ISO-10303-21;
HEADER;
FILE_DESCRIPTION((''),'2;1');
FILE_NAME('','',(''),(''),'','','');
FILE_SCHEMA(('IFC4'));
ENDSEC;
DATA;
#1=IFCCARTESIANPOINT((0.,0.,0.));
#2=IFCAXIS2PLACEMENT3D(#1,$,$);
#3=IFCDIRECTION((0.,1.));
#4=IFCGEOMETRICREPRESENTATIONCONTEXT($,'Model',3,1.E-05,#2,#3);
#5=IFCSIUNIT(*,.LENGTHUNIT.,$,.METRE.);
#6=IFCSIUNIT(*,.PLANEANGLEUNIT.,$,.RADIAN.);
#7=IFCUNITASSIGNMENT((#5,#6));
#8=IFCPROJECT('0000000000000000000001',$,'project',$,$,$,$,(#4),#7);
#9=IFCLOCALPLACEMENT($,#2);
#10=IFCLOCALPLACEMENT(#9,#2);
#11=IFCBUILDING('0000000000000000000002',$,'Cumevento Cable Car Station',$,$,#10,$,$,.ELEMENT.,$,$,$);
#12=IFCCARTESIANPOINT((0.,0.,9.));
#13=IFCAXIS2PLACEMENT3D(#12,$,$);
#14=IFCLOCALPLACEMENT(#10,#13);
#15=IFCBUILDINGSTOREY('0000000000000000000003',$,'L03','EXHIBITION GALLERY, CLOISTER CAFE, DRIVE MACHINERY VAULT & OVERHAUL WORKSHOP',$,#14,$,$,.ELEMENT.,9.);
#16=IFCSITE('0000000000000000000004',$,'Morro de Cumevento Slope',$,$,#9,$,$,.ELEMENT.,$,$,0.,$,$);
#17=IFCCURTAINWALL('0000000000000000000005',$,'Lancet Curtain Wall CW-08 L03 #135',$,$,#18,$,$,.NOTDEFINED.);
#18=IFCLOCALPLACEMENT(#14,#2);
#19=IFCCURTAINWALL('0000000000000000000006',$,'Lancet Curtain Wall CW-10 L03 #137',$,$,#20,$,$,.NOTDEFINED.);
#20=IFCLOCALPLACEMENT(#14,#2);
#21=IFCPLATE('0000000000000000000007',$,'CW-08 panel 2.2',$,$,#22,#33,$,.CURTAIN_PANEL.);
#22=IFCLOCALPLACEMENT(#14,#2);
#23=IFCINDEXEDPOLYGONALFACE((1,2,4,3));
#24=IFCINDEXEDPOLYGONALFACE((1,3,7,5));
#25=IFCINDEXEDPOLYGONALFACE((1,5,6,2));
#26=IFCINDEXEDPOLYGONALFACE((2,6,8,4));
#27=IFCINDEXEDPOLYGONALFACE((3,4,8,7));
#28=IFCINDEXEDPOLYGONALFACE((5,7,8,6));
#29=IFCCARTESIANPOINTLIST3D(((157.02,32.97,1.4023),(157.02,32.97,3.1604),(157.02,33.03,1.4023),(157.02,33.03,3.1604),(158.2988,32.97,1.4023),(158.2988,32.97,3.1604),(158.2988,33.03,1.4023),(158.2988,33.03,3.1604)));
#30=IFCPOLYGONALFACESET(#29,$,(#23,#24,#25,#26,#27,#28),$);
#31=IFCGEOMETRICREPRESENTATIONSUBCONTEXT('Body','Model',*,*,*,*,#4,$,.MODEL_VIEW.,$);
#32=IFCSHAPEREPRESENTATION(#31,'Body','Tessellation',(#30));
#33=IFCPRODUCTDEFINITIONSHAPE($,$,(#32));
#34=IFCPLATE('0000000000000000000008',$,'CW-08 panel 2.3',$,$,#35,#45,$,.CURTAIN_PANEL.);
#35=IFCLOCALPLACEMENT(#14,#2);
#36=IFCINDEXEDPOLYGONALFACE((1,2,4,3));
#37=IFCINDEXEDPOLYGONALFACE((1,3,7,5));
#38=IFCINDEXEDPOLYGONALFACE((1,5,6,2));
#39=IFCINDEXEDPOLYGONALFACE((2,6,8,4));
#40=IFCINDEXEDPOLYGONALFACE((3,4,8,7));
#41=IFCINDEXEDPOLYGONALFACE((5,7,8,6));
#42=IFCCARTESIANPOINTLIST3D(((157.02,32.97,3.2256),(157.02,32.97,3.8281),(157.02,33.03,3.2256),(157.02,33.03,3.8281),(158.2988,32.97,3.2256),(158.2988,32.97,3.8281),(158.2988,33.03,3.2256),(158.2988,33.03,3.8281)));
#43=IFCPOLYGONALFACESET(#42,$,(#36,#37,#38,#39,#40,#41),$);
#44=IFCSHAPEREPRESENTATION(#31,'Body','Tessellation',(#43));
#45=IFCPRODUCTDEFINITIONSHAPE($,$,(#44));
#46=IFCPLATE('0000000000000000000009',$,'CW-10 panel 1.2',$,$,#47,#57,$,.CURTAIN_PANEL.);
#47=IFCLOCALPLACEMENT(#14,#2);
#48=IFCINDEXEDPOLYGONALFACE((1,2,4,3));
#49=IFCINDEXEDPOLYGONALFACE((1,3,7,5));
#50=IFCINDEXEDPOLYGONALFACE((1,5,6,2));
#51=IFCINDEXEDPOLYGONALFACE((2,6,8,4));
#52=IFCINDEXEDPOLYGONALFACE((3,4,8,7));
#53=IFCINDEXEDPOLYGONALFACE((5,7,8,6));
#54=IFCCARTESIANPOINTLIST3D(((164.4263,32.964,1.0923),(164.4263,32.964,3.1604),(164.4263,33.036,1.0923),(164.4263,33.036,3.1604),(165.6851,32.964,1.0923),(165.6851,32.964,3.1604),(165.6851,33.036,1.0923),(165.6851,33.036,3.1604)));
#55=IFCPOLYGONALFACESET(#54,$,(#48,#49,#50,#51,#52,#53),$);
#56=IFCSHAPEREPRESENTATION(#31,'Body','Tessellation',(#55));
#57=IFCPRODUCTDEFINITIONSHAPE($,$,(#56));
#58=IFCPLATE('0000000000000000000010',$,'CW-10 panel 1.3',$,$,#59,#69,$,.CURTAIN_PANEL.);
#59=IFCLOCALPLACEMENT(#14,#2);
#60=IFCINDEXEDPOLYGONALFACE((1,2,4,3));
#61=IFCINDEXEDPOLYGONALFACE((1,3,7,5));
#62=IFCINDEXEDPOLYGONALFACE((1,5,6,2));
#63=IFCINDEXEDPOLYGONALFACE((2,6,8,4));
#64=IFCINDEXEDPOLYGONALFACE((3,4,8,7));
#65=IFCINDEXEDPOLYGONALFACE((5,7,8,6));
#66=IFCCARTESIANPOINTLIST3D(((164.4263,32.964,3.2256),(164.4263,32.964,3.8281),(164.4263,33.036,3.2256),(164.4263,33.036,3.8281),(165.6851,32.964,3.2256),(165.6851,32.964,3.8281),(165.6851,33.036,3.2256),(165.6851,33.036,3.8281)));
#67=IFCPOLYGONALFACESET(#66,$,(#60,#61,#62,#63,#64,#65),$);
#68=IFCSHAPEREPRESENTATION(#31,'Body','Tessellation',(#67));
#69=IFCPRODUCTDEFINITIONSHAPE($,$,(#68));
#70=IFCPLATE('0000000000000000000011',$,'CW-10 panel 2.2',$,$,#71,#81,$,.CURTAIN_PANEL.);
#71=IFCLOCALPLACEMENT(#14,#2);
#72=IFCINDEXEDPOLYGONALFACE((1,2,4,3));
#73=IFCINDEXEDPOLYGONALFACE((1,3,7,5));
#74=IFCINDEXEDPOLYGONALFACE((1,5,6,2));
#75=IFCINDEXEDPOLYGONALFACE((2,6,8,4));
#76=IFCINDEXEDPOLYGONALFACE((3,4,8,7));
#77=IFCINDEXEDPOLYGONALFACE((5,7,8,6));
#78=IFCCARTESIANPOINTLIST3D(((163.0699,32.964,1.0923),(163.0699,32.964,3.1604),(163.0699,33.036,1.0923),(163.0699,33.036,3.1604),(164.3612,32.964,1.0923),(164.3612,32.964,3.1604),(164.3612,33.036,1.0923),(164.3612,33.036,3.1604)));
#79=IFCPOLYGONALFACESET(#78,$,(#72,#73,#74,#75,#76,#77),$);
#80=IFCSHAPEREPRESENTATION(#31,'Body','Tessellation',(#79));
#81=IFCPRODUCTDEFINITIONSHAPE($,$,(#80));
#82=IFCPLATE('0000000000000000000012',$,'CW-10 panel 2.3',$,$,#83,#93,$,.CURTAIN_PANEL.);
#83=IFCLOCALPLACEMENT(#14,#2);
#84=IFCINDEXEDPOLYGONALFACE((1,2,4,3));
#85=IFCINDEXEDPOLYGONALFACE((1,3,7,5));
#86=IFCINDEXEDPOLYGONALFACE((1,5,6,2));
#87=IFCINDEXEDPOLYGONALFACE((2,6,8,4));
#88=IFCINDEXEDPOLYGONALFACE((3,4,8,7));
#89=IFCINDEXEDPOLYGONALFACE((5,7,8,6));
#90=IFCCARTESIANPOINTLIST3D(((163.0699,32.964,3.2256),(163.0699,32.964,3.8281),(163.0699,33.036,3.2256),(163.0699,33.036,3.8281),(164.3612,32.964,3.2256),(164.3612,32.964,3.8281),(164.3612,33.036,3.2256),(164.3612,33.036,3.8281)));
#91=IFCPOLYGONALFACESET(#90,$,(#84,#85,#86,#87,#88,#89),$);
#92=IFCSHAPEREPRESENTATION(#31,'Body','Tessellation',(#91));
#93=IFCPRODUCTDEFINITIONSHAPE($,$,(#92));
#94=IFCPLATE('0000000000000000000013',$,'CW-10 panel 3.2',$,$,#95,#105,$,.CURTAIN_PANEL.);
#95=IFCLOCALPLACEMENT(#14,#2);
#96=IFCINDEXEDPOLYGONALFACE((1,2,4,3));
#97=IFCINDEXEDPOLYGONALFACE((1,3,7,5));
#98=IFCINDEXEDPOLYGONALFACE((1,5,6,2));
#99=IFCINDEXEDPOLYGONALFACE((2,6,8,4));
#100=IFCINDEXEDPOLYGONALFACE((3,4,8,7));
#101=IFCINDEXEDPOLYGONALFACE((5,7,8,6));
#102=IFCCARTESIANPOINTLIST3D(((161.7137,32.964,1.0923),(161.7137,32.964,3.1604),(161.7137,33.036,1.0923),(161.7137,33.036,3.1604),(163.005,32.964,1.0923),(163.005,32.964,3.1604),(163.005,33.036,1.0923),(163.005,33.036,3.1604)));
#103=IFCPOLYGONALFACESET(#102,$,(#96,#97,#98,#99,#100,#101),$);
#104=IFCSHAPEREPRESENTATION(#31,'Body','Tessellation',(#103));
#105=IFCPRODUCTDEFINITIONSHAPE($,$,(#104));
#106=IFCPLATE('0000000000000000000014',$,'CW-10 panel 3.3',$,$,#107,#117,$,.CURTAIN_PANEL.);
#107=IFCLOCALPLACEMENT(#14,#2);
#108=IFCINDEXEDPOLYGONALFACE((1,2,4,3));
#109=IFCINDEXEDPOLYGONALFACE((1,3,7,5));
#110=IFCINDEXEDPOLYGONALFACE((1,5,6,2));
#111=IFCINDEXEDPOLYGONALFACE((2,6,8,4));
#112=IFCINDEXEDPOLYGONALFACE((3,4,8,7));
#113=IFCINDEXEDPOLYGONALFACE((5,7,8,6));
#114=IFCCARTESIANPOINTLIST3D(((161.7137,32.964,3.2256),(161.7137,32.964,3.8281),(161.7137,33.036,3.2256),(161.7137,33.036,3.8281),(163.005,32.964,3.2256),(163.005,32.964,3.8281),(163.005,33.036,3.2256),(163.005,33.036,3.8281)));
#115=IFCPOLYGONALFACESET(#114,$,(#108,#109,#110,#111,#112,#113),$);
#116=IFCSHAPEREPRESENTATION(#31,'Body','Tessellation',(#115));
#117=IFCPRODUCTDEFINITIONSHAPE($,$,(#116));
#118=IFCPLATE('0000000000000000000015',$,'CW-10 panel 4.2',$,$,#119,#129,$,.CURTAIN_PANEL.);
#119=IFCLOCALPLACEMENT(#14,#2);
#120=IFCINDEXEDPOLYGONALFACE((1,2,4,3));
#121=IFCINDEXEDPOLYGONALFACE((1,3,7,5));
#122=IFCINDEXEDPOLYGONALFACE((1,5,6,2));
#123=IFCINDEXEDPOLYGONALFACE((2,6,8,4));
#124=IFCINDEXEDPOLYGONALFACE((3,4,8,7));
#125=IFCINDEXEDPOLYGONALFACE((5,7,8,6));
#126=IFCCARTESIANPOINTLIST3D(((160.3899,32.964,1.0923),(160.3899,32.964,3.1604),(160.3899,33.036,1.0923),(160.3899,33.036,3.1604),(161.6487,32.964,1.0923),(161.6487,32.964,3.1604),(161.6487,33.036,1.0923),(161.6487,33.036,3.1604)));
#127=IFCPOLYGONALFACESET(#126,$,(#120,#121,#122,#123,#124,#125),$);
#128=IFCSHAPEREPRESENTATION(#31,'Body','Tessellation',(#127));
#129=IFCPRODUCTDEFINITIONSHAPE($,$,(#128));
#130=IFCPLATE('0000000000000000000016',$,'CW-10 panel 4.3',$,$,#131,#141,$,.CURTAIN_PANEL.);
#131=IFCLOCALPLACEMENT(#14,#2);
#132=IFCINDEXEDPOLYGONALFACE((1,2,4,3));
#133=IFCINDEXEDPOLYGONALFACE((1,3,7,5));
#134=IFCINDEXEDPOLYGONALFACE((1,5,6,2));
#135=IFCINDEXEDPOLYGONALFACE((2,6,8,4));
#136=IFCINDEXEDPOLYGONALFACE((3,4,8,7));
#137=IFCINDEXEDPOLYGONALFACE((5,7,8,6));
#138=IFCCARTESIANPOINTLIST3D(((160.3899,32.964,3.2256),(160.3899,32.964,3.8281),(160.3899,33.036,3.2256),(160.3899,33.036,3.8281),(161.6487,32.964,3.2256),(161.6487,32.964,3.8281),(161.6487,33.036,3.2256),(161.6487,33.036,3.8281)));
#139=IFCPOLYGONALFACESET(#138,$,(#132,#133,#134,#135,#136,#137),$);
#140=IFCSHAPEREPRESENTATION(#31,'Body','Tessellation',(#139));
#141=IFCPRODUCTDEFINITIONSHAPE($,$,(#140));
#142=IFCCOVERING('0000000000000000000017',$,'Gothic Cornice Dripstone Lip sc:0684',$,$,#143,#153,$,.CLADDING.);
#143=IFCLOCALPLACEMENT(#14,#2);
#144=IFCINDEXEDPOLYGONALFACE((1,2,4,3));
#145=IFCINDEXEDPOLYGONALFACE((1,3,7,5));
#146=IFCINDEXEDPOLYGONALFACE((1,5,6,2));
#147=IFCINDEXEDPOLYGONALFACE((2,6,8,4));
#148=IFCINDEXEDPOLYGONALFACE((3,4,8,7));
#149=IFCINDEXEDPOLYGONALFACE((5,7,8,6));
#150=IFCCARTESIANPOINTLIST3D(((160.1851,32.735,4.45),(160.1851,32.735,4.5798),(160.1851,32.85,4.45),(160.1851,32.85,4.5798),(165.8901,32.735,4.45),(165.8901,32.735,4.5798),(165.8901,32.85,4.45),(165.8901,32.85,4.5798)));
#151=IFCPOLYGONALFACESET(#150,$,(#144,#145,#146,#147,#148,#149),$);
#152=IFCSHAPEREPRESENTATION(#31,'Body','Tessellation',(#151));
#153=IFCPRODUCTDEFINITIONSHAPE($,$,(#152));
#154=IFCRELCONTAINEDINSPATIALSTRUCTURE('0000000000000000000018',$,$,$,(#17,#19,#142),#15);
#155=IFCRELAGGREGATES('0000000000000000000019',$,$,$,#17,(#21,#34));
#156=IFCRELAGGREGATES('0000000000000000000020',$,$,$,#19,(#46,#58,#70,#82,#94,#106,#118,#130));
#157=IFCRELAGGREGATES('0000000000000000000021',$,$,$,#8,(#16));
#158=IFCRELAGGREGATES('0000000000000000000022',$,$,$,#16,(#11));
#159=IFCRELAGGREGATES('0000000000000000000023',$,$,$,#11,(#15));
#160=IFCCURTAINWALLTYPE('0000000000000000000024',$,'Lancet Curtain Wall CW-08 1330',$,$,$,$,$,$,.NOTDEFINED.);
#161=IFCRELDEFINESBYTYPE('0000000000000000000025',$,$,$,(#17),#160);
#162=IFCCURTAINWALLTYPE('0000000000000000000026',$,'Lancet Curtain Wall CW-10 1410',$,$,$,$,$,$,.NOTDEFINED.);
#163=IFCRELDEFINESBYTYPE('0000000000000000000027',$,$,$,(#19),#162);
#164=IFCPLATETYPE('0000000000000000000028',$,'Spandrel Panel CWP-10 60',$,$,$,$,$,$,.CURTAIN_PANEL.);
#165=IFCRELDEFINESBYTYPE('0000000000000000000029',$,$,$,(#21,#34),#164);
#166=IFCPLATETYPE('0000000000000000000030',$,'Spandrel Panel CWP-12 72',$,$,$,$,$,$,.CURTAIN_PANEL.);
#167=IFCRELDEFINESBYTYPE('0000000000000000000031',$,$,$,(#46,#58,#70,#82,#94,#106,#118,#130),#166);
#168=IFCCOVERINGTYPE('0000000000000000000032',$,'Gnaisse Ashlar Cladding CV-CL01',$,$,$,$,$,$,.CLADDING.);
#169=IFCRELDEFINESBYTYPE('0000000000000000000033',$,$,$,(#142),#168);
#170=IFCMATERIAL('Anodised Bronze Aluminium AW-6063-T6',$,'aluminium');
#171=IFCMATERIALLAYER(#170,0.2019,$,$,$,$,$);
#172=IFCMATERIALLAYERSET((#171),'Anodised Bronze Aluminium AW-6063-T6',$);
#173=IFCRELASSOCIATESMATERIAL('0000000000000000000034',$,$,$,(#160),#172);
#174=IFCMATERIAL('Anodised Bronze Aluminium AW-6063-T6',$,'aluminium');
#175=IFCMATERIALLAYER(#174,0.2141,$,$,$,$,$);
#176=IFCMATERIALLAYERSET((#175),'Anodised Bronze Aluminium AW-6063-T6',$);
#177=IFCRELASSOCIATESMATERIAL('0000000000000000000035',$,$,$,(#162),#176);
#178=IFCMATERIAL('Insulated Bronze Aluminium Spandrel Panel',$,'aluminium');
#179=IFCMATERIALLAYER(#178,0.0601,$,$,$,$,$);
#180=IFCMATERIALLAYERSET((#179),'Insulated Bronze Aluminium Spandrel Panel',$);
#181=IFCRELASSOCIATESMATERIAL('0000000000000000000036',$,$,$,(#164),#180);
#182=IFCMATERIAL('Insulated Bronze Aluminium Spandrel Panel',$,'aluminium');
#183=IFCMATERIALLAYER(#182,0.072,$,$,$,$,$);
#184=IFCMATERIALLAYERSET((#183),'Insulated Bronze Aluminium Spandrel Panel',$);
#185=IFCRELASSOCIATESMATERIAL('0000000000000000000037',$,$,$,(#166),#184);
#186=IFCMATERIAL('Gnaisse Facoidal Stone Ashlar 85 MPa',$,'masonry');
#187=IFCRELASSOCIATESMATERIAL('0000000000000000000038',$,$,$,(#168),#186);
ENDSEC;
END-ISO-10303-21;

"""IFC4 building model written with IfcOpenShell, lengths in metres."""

from ifc_helpers import new_model, si_unit, direction, frame, origin, origin_2d, place, context, subcontext, project, spatial, rectangle, extrude, material, layer, layer_set, type_object, element, aggregate, save


model = new_model("IFC4")

# Units and contexts
model_context = context("Model", 3, precision=1e-05, world=origin(), true_north=direction((0.0, 1.0)))
body_context = subcontext(model_context, "Body", "Model", "MODEL_VIEW")
ifc_project = project(units=[si_unit("LENGTHUNIT", "METRE"), si_unit("PLANEANGLEUNIT", "RADIAN")], contexts=[model_context])

# Site, building, storey
site_placement = place(None, origin())
site = spatial("IfcSite", under=ifc_project, at=site_placement, Name="Morro de Cumevento Slope", CompositionType="ELEMENT", RefElevation=0.0)
building_placement = place(site_placement, origin())
building = spatial("IfcBuilding", under=site, at=building_placement, Name="Cumevento Cable Car Station", CompositionType="ELEMENT")
storey_placement = place(building_placement, frame((0.0, 0.0, 9.0)))
storey = spatial("IfcBuildingStorey", under=building, at=storey_placement, Name="L03", Description="EXHIBITION GALLERY, CLOISTER CAFE, DRIVE MACHINERY VAULT & OVERHAUL WORKSHOP", CompositionType="ELEMENT", Elevation=9.0)

# Curtain walls
ifc_material_1 = material(Name="Anodised Bronze Aluminium AW-6063-T6", Category="aluminium")
ifc_layer_1 = layer(ifc_material_1, 0.2019)
ifc_layer_set_1 = layer_set([ifc_layer_1], Name="Anodised Bronze Aluminium AW-6063-T6")
curtain_wall_type_1 = type_object("IfcCurtainWallType", Name="Lancet Curtain Wall CW-08 1330", PredefinedType="NOTDEFINED", material=ifc_layer_set_1)
curtain_wall_1_placement = place(storey_placement, origin())
curtain_wall_1 = element("IfcCurtainWall", 1, at=curtain_wall_1_placement, inside=storey, type_object=curtain_wall_type_1, Name="Lancet Curtain Wall CW-08 L03 #135", PredefinedType="NOTDEFINED")
ifc_material_2 = material(Name="Anodised Bronze Aluminium AW-6063-T6", Category="aluminium")
ifc_layer_2 = layer(ifc_material_2, 0.2141)
ifc_layer_set_2 = layer_set([ifc_layer_2], Name="Anodised Bronze Aluminium AW-6063-T6")
curtain_wall_type_2 = type_object("IfcCurtainWallType", Name="Lancet Curtain Wall CW-10 1410", PredefinedType="NOTDEFINED", material=ifc_layer_set_2)
curtain_wall_2_placement = place(storey_placement, origin())
curtain_wall_2 = element("IfcCurtainWall", 2, at=curtain_wall_2_placement, inside=storey, type_object=curtain_wall_type_2, Name="Lancet Curtain Wall CW-10 L03 #137", PredefinedType="NOTDEFINED")

# Plates
ifc_material_3 = material(Name="Insulated Bronze Aluminium Spandrel Panel", Category="aluminium")
ifc_layer_3 = layer(ifc_material_3, 0.0601)
ifc_layer_set_3 = layer_set([ifc_layer_3], Name="Insulated Bronze Aluminium Spandrel Panel")
plate_type_1 = type_object("IfcPlateType", Name="Spandrel Panel CWP-10 60", PredefinedType="CURTAIN_PANEL", material=ifc_layer_set_3)
plate_1_placement = place(storey_placement, frame((157.6594, 33.0, 1.4023), z_axis=(0.0, 0.0, 1.0), x_axis=(-1.0, 0.0, 0.0)))
plate_1 = element("IfcPlate", 3, at=plate_1_placement, type_object=plate_type_1, Name="CW-08 panel 2.2", PredefinedType="CURTAIN_PANEL", context=body_context, shape_type="SweptSolid", body=[
    extrude(rectangle(XDim=1.2788, YDim=0.0601, at=origin_2d()), origin(), (0.0, 0.0, 1.0), 1.7581),
])
plate_2_placement = place(storey_placement, frame((157.6594, 33.0, 3.2256), z_axis=(0.0, 0.0, 1.0), x_axis=(-1.0, 0.0, 0.0)))
plate_2 = element("IfcPlate", 4, at=plate_2_placement, type_object=plate_type_1, Name="CW-08 panel 2.3", PredefinedType="CURTAIN_PANEL", context=body_context, shape_type="SweptSolid", body=[
    extrude(rectangle(XDim=1.2788, YDim=0.0601, at=origin_2d()), origin(), (0.0, 0.0, 1.0), 0.6025),
])
aggregate(curtain_wall_1, [plate_1, plate_2])
ifc_material_4 = material(Name="Insulated Bronze Aluminium Spandrel Panel", Category="aluminium")
ifc_layer_4 = layer(ifc_material_4, 0.072)
ifc_layer_set_4 = layer_set([ifc_layer_4], Name="Insulated Bronze Aluminium Spandrel Panel")
plate_type_2 = type_object("IfcPlateType", Name="Spandrel Panel CWP-12 72", PredefinedType="CURTAIN_PANEL", material=ifc_layer_set_4)
plate_3_placement = place(storey_placement, frame((165.0557, 33.0, 1.0923), z_axis=(0.0, 0.0, 1.0), x_axis=(-1.0, 0.0, 0.0)))
plate_3 = element("IfcPlate", 5, at=plate_3_placement, type_object=plate_type_2, Name="CW-10 panel 1.2", PredefinedType="CURTAIN_PANEL", context=body_context, shape_type="SweptSolid", body=[
    extrude(rectangle(XDim=1.2588, YDim=0.072, at=origin_2d()), origin(), (0.0, 0.0, 1.0), 2.0681),
])
plate_4_placement = place(storey_placement, frame((165.0557, 33.0, 3.2256), z_axis=(0.0, 0.0, 1.0), x_axis=(-1.0, 0.0, 0.0)))
plate_4 = element("IfcPlate", 6, at=plate_4_placement, type_object=plate_type_2, Name="CW-10 panel 1.3", PredefinedType="CURTAIN_PANEL", context=body_context, shape_type="SweptSolid", body=[
    extrude(rectangle(XDim=1.2588, YDim=0.072, at=origin_2d()), origin(), (0.0, 0.0, 1.0), 0.6025),
])
plate_5_placement = place(storey_placement, frame((163.7156, 33.0, 1.0923), z_axis=(0.0, 0.0, 1.0), x_axis=(-1.0, 0.0, 0.0)))
plate_5 = element("IfcPlate", 7, at=plate_5_placement, type_object=plate_type_2, Name="CW-10 panel 2.2", PredefinedType="CURTAIN_PANEL", context=body_context, shape_type="SweptSolid", body=[
    extrude(rectangle(XDim=1.2913, YDim=0.072, at=origin_2d()), origin(), (0.0, 0.0, 1.0), 2.0681),
])
plate_6_placement = place(storey_placement, frame((163.7156, 33.0, 3.2256), z_axis=(0.0, 0.0, 1.0), x_axis=(-1.0, 0.0, 0.0)))
plate_6 = element("IfcPlate", 8, at=plate_6_placement, type_object=plate_type_2, Name="CW-10 panel 2.3", PredefinedType="CURTAIN_PANEL", context=body_context, shape_type="SweptSolid", body=[
    extrude(rectangle(XDim=1.2913, YDim=0.072, at=origin_2d()), origin(), (0.0, 0.0, 1.0), 0.6025),
])
plate_7_placement = place(storey_placement, frame((162.3594, 33.0, 1.0923), z_axis=(0.0, 0.0, 1.0), x_axis=(-1.0, 0.0, 0.0)))
plate_7 = element("IfcPlate", 9, at=plate_7_placement, type_object=plate_type_2, Name="CW-10 panel 3.2", PredefinedType="CURTAIN_PANEL", context=body_context, shape_type="SweptSolid", body=[
    extrude(rectangle(XDim=1.2913, YDim=0.072, at=origin_2d()), origin(), (0.0, 0.0, 1.0), 2.0681),
])
plate_8_placement = place(storey_placement, frame((162.3594, 33.0, 3.2256), z_axis=(0.0, 0.0, 1.0), x_axis=(-1.0, 0.0, 0.0)))
plate_8 = element("IfcPlate", 10, at=plate_8_placement, type_object=plate_type_2, Name="CW-10 panel 3.3", PredefinedType="CURTAIN_PANEL", context=body_context, shape_type="SweptSolid", body=[
    extrude(rectangle(XDim=1.2913, YDim=0.072, at=origin_2d()), origin(), (0.0, 0.0, 1.0), 0.6025),
])
plate_9_placement = place(storey_placement, frame((161.0193, 33.0, 1.0923), z_axis=(0.0, 0.0, 1.0), x_axis=(-1.0, 0.0, 0.0)))
plate_9 = element("IfcPlate", 11, at=plate_9_placement, type_object=plate_type_2, Name="CW-10 panel 4.2", PredefinedType="CURTAIN_PANEL", context=body_context, shape_type="SweptSolid", body=[
    extrude(rectangle(XDim=1.2588, YDim=0.072, at=origin_2d()), origin(), (0.0, 0.0, 1.0), 2.0681),
])
plate_10_placement = place(storey_placement, frame((161.0193, 33.0, 3.2256), z_axis=(0.0, 0.0, 1.0), x_axis=(-1.0, 0.0, 0.0)))
plate_10 = element("IfcPlate", 12, at=plate_10_placement, type_object=plate_type_2, Name="CW-10 panel 4.3", PredefinedType="CURTAIN_PANEL", context=body_context, shape_type="SweptSolid", body=[
    extrude(rectangle(XDim=1.2588, YDim=0.072, at=origin_2d()), origin(), (0.0, 0.0, 1.0), 0.6025),
])
aggregate(curtain_wall_2, [plate_3, plate_4, plate_5, plate_6, plate_7, plate_8, plate_9, plate_10])

# Covering
ifc_material_5 = material(Name="Gnaisse Facoidal Stone Ashlar 85 MPa", Category="masonry")
covering_type = type_object("IfcCoveringType", Name="Gnaisse Ashlar Cladding CV-CL01", PredefinedType="CLADDING", material=ifc_material_5)
covering_1_placement = place(storey_placement, frame((163.0376, 32.7925, 4.45), z_axis=(0.0, 0.0, 1.0), x_axis=(-1.0, 0.0, 0.0)))
element("IfcCovering", 13, at=covering_1_placement, inside=storey, type_object=covering_type, Name="Gothic Cornice Dripstone Lip sc:0684", PredefinedType="CLADDING", context=body_context, shape_type="SweptSolid", body=[
    extrude(rectangle(XDim=5.7051, YDim=0.115, at=origin_2d()), origin(), (0.0, 0.0, 1.0), 0.1299),
])

save(model, "model.ifc")
